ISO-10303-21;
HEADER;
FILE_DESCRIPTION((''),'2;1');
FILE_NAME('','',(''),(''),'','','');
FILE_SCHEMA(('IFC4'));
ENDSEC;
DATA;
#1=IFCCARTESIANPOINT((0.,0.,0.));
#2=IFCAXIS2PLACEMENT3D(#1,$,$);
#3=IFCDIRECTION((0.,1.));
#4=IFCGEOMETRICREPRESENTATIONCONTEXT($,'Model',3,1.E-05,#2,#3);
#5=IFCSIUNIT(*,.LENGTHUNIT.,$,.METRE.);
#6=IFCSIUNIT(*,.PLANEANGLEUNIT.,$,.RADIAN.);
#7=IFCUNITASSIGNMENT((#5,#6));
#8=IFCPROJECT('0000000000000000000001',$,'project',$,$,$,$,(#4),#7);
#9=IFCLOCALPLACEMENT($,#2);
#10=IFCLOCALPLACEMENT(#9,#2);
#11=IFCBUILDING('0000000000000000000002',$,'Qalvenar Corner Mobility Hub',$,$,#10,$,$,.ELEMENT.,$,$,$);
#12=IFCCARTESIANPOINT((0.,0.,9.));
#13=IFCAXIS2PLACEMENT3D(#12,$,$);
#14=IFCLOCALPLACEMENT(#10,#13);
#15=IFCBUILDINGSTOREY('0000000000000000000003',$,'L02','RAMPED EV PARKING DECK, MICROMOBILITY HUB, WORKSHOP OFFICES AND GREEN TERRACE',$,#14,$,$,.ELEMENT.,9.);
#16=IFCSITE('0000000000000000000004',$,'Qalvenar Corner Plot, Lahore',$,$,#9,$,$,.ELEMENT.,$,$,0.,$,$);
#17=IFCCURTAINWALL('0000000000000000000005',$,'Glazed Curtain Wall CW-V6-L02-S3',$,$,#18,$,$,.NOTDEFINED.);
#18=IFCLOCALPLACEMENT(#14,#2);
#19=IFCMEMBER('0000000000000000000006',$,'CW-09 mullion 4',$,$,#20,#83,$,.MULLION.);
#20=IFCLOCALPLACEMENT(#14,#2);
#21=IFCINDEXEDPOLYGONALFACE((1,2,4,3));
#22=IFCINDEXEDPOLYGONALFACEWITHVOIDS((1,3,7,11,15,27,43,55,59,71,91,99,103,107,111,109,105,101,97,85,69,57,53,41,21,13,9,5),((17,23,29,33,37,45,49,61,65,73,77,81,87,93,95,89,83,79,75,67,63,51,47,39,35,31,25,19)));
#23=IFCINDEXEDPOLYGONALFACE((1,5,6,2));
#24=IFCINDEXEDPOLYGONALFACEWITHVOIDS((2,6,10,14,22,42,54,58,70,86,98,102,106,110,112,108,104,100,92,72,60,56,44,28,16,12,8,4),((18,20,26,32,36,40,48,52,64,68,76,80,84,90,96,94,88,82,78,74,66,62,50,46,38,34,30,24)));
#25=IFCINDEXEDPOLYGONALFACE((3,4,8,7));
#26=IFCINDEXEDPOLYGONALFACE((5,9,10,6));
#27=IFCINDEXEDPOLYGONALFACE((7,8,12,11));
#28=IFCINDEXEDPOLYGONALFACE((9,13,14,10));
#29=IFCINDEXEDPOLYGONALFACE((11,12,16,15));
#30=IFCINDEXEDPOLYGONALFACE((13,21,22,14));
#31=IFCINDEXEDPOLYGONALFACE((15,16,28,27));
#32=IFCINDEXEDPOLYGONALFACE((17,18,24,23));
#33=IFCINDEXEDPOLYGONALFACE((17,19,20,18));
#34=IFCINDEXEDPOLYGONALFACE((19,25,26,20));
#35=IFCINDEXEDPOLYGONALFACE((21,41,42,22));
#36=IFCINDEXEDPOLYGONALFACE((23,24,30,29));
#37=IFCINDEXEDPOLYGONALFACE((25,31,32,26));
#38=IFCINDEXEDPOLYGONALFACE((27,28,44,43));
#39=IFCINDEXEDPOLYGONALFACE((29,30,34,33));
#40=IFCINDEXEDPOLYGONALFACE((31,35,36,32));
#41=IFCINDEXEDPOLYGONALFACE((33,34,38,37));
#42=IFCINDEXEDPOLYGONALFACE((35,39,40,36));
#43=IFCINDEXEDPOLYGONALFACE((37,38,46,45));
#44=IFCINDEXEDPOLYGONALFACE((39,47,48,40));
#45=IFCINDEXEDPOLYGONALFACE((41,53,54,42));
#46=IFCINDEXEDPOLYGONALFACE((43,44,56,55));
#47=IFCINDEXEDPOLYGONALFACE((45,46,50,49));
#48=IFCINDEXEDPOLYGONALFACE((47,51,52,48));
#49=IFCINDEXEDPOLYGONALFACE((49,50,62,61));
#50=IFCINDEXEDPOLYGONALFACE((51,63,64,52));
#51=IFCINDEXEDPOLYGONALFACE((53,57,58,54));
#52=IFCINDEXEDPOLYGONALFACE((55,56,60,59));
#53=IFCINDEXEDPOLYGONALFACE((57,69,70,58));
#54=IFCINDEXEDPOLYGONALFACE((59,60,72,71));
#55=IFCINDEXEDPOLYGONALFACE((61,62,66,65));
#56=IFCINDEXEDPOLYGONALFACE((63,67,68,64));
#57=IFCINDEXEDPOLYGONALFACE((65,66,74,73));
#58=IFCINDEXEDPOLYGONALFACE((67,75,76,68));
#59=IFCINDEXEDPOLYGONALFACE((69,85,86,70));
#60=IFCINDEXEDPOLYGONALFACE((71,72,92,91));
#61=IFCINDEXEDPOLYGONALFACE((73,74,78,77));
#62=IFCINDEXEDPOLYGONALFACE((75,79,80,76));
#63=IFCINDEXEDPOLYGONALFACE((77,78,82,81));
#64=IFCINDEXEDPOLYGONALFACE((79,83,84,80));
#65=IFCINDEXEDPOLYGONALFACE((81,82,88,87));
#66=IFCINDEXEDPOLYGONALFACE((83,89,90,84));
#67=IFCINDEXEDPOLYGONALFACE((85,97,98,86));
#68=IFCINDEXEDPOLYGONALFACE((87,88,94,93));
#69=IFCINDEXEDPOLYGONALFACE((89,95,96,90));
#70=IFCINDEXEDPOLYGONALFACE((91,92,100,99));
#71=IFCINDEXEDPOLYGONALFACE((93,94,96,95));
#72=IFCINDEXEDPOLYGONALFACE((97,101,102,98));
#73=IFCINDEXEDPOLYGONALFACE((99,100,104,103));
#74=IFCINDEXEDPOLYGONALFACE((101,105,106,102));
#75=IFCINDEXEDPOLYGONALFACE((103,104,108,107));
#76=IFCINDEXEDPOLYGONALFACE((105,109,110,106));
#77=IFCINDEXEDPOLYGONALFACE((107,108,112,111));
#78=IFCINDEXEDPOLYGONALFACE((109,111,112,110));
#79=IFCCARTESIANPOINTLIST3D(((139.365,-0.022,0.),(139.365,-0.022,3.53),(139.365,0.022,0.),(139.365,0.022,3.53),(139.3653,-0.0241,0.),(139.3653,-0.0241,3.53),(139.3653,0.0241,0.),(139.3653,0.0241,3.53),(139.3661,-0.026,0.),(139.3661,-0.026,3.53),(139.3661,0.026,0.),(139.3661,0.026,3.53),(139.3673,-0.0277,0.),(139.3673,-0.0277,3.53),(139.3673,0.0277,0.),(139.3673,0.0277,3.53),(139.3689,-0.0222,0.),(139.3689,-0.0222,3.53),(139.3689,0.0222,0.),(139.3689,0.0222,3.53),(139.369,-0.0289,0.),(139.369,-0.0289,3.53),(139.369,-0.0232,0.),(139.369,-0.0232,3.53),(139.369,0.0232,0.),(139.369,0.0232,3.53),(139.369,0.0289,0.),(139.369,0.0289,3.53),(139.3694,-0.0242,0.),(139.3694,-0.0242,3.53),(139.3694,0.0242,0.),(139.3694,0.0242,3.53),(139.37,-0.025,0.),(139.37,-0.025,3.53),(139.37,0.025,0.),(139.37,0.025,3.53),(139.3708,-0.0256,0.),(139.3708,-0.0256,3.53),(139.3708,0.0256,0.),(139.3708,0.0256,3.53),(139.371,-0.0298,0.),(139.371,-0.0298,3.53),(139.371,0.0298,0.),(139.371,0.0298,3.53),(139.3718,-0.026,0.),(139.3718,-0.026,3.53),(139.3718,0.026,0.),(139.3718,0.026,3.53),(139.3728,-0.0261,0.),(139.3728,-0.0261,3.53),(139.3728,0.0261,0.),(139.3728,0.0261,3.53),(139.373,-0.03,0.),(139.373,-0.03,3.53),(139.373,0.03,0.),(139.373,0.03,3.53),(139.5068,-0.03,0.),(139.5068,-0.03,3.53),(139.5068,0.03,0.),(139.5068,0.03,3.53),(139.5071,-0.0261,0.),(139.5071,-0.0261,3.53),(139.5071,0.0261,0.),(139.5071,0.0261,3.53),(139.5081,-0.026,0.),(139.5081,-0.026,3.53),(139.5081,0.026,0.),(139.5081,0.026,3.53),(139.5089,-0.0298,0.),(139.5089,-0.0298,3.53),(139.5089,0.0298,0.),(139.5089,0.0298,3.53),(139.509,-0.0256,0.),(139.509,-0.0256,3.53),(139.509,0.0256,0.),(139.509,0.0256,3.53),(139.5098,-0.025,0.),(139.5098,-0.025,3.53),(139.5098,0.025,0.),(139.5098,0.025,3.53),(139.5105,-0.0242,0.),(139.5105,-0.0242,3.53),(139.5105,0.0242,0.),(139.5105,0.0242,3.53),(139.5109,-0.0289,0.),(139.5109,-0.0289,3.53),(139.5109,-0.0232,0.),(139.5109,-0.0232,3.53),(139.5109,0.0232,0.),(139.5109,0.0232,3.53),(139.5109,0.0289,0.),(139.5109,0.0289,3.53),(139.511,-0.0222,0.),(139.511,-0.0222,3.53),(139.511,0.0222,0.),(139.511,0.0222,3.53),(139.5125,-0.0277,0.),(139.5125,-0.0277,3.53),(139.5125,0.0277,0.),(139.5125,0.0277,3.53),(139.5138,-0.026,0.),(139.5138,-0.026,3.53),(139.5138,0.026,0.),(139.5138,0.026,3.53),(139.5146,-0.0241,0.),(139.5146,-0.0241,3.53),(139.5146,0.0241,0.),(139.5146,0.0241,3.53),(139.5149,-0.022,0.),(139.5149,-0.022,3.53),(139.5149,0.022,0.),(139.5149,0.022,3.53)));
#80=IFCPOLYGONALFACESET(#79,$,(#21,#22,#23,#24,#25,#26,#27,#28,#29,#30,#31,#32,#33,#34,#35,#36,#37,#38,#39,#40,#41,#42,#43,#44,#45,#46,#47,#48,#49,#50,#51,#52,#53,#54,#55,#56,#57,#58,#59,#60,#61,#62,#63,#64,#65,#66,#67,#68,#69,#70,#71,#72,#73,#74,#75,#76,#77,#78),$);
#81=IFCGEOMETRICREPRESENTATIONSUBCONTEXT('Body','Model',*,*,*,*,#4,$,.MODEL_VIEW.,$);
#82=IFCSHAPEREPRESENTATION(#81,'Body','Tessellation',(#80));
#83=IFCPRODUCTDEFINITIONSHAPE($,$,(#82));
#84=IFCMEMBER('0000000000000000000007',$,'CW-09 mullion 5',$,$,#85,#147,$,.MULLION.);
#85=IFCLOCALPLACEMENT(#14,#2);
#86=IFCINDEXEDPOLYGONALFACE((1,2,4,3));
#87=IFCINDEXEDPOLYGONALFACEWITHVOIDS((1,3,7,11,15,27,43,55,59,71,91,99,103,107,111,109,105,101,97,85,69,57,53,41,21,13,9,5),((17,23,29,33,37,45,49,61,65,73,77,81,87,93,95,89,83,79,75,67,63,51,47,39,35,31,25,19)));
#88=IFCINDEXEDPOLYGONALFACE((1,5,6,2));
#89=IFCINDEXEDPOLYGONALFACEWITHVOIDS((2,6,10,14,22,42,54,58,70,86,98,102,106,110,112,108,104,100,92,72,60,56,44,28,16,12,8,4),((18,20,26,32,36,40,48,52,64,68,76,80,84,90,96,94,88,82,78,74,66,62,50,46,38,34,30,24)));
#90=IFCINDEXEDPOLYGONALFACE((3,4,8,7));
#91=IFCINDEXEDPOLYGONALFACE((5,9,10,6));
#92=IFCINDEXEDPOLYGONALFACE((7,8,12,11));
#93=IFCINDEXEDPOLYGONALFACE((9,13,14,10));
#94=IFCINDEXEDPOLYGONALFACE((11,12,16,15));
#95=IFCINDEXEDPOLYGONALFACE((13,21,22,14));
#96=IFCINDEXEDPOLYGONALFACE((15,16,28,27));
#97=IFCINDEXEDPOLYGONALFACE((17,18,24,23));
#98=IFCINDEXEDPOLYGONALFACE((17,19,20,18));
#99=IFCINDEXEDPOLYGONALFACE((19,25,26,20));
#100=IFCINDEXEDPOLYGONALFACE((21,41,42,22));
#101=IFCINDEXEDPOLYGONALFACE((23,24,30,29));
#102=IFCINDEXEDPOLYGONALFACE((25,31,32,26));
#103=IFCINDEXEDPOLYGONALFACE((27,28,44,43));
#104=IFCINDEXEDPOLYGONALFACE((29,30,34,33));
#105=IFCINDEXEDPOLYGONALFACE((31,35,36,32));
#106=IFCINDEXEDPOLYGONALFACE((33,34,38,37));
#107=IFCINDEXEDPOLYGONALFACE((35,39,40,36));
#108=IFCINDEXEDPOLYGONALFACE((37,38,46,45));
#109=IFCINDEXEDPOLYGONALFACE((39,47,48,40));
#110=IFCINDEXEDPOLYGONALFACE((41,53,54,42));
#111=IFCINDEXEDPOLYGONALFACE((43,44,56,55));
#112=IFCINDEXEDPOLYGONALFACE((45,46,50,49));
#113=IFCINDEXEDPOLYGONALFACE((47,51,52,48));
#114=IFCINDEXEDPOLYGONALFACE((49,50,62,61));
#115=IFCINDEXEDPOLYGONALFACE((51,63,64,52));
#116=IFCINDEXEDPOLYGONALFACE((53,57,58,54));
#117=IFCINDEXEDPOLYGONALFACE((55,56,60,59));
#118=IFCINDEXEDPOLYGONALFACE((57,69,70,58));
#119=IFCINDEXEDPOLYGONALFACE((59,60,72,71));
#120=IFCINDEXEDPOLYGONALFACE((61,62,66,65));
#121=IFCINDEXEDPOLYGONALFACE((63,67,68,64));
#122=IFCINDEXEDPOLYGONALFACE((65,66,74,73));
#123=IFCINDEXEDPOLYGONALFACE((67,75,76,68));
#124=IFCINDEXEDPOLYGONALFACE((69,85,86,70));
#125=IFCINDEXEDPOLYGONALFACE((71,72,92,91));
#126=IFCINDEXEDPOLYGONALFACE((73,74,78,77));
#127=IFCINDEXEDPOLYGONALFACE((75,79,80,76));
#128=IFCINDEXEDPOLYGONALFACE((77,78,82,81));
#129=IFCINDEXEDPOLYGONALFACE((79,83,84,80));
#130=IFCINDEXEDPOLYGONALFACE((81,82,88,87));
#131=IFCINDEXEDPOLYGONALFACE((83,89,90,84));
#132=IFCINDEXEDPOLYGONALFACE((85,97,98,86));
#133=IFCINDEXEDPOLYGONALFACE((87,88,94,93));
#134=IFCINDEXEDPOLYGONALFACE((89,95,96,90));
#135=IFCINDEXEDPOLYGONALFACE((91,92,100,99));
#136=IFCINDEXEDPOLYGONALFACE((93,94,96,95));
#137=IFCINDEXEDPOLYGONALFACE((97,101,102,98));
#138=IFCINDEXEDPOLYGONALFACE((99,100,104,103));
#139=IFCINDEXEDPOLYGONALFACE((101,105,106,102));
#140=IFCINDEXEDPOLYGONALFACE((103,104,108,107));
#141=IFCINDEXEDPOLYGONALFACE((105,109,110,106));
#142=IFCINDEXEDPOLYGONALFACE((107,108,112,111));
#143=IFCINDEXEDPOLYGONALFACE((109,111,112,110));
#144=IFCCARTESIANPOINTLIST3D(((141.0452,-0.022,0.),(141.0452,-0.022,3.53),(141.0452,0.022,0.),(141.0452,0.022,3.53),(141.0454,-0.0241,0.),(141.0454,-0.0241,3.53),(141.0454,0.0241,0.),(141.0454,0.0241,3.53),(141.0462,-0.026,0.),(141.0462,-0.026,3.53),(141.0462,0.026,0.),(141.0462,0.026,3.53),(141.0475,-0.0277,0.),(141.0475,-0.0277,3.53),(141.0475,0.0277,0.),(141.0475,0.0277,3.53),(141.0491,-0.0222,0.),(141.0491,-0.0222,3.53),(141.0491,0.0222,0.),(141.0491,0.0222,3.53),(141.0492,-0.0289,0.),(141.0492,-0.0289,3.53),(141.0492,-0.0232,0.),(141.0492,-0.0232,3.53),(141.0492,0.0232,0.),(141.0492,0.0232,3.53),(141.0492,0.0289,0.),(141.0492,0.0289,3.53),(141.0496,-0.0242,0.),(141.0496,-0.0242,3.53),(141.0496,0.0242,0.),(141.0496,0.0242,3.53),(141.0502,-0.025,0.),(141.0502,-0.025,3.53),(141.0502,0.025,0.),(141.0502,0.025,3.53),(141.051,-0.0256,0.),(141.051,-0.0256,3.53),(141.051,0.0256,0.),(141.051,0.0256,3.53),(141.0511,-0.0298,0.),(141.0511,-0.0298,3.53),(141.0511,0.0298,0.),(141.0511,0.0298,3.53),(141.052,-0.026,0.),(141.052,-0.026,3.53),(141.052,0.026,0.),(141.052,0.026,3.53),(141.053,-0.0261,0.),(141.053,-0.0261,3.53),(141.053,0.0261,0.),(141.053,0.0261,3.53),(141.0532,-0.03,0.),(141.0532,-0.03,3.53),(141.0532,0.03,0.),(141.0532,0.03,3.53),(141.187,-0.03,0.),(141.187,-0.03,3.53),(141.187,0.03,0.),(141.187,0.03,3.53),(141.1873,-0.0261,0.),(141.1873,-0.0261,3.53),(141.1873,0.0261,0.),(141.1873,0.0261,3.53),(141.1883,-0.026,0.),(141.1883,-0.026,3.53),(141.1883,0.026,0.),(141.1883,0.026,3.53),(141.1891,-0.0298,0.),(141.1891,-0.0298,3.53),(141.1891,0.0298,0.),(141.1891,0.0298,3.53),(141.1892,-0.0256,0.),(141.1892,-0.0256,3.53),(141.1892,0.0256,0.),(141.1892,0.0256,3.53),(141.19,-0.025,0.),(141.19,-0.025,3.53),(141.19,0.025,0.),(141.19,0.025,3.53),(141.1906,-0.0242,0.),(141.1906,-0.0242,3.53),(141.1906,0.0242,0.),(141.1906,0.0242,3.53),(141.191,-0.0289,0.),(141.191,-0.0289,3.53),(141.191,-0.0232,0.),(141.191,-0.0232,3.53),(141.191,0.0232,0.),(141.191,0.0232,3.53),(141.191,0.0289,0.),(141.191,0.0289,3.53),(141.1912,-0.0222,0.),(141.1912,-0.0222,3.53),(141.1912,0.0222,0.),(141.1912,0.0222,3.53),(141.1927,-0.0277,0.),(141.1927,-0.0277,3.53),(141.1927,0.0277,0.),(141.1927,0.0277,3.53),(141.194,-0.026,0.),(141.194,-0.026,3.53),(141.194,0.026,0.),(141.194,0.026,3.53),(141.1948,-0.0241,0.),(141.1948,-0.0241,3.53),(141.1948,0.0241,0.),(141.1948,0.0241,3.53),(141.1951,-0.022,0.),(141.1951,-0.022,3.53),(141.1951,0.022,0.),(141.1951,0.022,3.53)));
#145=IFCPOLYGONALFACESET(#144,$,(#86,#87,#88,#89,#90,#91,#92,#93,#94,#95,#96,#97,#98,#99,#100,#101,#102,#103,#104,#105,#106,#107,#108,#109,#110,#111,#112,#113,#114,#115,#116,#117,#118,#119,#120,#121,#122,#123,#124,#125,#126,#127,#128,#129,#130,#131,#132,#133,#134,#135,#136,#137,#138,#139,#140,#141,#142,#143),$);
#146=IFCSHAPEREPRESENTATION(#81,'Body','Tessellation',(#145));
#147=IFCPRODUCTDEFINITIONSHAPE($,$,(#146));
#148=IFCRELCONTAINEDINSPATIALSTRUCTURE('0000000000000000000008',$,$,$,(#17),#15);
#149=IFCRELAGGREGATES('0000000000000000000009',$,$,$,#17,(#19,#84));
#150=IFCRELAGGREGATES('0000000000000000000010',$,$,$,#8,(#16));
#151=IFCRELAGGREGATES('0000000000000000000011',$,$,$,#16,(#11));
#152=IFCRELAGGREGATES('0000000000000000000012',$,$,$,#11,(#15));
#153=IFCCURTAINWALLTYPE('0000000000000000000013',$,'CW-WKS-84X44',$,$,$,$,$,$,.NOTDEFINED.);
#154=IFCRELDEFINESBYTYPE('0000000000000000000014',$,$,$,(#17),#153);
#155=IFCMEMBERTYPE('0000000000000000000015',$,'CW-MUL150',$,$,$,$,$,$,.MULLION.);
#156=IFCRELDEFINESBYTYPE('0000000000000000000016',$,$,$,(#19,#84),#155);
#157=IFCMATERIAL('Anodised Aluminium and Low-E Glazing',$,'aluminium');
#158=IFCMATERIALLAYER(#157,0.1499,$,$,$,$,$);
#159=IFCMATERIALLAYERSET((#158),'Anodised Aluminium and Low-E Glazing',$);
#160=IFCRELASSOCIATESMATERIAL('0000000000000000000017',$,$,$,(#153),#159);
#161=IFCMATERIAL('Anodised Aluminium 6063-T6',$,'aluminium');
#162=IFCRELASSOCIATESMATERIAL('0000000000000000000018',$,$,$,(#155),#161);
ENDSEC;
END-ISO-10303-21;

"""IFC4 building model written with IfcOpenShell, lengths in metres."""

from ifc_helpers import new_model, si_unit, direction, frame, origin, origin_2d, place, context, subcontext, project, spatial, hollow_rectangle, extrude, material, layer, layer_set, material_profile, profile_set, type_object, element, aggregate, save


model = new_model("IFC4")

# Units and contexts
model_context = context("Model", 3, precision=1e-05, world=origin(), true_north=direction((0.0, 1.0)))
body_context = subcontext(model_context, "Body", "Model", "MODEL_VIEW")
ifc_project = project(units=[si_unit("LENGTHUNIT", "METRE"), si_unit("PLANEANGLEUNIT", "RADIAN")], contexts=[model_context])

# Site, building, storey
site_placement = place(None, origin())
site = spatial("IfcSite", under=ifc_project, at=site_placement, Name="Qalvenar Corner Plot, Lahore", CompositionType="ELEMENT", RefElevation=0.0)
building_placement = place(site_placement, origin())
building = spatial("IfcBuilding", under=site, at=building_placement, Name="Qalvenar Corner Mobility Hub", CompositionType="ELEMENT")
storey_placement = place(building_placement, frame((0.0, 0.0, 9.0)))
storey = spatial("IfcBuildingStorey", under=building, at=storey_placement, Name="L02", Description="RAMPED EV PARKING DECK, MICROMOBILITY HUB, WORKSHOP OFFICES AND GREEN TERRACE", CompositionType="ELEMENT", Elevation=9.0)

# Curtain wall, members
ifc_material_1 = material(Name="Anodised Aluminium and Low-E Glazing", Category="aluminium")
ifc_layer_1 = layer(ifc_material_1, 0.1499)
ifc_layer_set_1 = layer_set([ifc_layer_1], Name="Anodised Aluminium and Low-E Glazing")
curtain_wall_type = type_object("IfcCurtainWallType", Name="CW-WKS-84X44", PredefinedType="NOTDEFINED", material=ifc_layer_set_1)
curtain_wall_placement = place(storey_placement, origin())
curtain_wall = element("IfcCurtainWall", 1, at=curtain_wall_placement, inside=storey, type_object=curtain_wall_type, Name="Glazed Curtain Wall CW-V6-L02-S3", PredefinedType="NOTDEFINED")
ifc_material_2 = material(Name="Anodised Aluminium 6063-T6", Category="aluminium")
ifc_material_profile_1 = material_profile(ifc_material_2, hollow_rectangle(XDim=0.0601, YDim=0.1499, WallThickness=0.0039, InnerFilletRadius=0.0039, OuterFilletRadius=0.0081, at=origin_2d()), Name="RHS150x60x4")
ifc_profile_set_1 = profile_set([ifc_material_profile_1], Name="Anodised Aluminium 6063-T6")
member_type_1 = type_object("IfcMemberType", Name="CW-MUL150", PredefinedType="MULLION", material=ifc_profile_set_1)
member_1_placement = place(storey_placement, frame((139.4399, 0.0, 0.0), z_axis=(0.0, 0.0, 1.0), x_axis=(0.0, 1.0, 0.0)))
member_1 = element("IfcMember", 2, at=member_1_placement, type_object=member_type_1, Name="CW-09 mullion 4", PredefinedType="MULLION", context=body_context, shape_type="SweptSolid", body=[
    extrude(hollow_rectangle(XDim=0.0601, YDim=0.1499, WallThickness=0.0039, InnerFilletRadius=0.0039, OuterFilletRadius=0.0081, at=origin_2d()), origin(), (0.0, 0.0, 1.0), 3.53),
])
member_2_placement = place(storey_placement, frame((141.1201, 0.0, 0.0), z_axis=(0.0, 0.0, 1.0), x_axis=(0.0, 1.0, 0.0)))
member_2 = element("IfcMember", 3, at=member_2_placement, type_object=member_type_1, Name="CW-09 mullion 5", PredefinedType="MULLION", context=body_context, shape_type="SweptSolid", body=[
    extrude(hollow_rectangle(XDim=0.0601, YDim=0.1499, WallThickness=0.0039, InnerFilletRadius=0.0039, OuterFilletRadius=0.0081, at=origin_2d()), origin(), (0.0, 0.0, 1.0), 3.53),
])
aggregate(curtain_wall, [member_1, member_2])

save(model, "model.ifc")
